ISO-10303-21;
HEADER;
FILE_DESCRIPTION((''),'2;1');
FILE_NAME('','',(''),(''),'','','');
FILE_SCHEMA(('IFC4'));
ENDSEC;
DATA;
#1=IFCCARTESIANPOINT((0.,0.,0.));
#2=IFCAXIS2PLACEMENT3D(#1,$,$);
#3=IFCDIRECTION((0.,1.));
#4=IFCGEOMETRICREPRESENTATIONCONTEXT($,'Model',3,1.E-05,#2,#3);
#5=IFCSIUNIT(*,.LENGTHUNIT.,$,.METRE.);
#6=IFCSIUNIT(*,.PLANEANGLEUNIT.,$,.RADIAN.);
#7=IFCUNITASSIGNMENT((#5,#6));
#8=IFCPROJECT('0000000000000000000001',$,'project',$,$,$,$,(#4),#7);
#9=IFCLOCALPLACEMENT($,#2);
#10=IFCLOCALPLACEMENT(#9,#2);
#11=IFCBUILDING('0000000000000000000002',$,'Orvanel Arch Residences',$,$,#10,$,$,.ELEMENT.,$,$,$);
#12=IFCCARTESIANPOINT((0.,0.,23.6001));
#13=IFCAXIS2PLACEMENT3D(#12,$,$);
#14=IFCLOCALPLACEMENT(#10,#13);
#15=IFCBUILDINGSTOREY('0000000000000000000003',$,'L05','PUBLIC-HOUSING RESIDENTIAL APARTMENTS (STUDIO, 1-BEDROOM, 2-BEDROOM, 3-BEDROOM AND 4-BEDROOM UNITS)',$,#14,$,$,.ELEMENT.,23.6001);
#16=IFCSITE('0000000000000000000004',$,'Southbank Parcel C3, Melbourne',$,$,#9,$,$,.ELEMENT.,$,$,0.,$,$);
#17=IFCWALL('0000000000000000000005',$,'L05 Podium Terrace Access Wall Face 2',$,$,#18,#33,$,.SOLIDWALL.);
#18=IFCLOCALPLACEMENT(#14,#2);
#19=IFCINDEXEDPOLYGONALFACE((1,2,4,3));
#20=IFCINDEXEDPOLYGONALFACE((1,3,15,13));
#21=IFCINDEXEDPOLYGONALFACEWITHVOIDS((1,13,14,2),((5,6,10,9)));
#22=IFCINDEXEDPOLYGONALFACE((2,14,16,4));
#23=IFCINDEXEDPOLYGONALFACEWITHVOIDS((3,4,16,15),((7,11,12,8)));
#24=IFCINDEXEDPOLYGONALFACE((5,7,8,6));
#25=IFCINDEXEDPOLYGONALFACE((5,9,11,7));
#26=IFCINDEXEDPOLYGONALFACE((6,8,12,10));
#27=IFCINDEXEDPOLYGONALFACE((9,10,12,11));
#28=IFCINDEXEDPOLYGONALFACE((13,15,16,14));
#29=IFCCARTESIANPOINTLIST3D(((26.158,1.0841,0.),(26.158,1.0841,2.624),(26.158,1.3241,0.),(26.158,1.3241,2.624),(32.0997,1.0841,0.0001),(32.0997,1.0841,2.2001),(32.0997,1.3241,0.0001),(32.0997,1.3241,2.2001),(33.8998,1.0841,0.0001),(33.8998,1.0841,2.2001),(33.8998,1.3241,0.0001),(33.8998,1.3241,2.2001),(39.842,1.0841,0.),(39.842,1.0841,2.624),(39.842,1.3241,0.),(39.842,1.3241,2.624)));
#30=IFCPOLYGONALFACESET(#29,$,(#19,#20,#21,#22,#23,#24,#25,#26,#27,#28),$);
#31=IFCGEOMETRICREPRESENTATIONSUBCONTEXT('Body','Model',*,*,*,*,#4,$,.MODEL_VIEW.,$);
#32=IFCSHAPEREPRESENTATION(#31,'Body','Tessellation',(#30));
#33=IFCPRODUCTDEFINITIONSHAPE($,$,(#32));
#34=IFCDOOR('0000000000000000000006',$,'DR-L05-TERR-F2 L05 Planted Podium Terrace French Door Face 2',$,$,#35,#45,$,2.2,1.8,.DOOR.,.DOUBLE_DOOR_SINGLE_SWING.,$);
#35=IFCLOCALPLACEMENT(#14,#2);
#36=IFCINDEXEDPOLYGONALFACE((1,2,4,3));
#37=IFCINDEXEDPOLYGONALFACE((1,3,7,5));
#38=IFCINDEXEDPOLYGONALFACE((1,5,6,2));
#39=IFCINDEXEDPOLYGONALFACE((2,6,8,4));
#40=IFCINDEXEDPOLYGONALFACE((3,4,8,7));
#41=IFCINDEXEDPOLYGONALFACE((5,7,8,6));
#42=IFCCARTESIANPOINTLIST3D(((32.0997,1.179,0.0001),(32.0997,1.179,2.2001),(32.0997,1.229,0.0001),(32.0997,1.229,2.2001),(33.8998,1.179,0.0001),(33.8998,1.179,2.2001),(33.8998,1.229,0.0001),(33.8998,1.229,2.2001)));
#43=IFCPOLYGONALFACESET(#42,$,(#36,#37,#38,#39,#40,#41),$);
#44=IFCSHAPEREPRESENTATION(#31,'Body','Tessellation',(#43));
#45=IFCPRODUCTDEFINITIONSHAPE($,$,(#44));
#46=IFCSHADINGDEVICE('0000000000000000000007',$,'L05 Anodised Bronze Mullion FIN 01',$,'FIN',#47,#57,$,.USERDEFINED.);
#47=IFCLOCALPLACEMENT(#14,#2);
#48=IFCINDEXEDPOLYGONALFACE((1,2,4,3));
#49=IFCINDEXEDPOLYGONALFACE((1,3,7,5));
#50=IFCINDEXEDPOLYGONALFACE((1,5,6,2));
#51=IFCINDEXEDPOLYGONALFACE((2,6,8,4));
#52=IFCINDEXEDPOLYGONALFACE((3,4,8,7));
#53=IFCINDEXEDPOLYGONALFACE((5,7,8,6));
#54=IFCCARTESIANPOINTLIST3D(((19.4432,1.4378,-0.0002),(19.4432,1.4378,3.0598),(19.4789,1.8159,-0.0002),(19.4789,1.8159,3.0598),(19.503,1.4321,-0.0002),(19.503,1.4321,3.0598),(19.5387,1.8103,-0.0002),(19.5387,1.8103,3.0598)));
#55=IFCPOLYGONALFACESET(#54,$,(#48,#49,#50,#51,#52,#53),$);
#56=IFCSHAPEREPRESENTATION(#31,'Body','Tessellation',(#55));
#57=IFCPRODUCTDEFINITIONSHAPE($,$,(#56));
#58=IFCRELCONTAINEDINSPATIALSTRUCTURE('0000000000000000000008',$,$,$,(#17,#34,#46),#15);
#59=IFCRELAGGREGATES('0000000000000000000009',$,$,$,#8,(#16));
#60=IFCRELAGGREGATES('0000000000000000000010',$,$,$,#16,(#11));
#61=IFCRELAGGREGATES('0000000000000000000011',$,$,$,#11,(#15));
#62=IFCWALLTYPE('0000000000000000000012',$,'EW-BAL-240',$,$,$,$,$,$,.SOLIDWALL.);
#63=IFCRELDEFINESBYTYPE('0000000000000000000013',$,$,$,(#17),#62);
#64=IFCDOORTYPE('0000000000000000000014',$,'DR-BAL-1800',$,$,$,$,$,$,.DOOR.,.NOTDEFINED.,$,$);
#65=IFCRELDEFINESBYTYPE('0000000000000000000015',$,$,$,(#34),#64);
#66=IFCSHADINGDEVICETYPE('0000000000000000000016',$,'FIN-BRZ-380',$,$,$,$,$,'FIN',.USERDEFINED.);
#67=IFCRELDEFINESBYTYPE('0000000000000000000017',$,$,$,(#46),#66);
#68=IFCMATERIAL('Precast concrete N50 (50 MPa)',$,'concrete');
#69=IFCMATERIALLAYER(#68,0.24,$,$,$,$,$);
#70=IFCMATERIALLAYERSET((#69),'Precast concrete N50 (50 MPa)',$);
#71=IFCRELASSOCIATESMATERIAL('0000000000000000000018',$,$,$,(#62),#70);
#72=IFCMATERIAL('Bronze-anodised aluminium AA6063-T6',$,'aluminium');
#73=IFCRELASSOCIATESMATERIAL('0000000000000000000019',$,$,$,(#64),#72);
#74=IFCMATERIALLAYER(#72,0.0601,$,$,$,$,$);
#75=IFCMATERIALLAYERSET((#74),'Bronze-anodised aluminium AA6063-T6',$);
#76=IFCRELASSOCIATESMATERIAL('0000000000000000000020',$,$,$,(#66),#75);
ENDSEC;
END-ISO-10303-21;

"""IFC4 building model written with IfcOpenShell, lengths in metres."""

from ifc_helpers import new_model, si_unit, direction, frame, frame_2d, origin, origin_2d, place, context, subcontext, project, spatial, rectangle, extrude, material, layer, layer_set, type_object, element, fill, save


model = new_model("IFC4")

# Units and contexts
model_context = context("Model", 3, precision=1e-05, world=origin(), true_north=direction((0.0, 1.0)))
body_context = subcontext(model_context, "Body", "Model", "MODEL_VIEW")
ifc_project = project(units=[si_unit("LENGTHUNIT", "METRE"), si_unit("PLANEANGLEUNIT", "RADIAN")], contexts=[model_context])

# Site, building, storey
site_placement = place(None, origin())
site = spatial("IfcSite", under=ifc_project, at=site_placement, Name="Southbank Parcel C3, Melbourne", CompositionType="ELEMENT", RefElevation=0.0)
building_placement = place(site_placement, origin())
building = spatial("IfcBuilding", under=site, at=building_placement, Name="Orvanel Arch Residences", CompositionType="ELEMENT")
storey_placement = place(building_placement, frame((0.0, 0.0, 23.6001)))
storey = spatial("IfcBuildingStorey", under=building, at=storey_placement, Name="L05", Description="PUBLIC-HOUSING RESIDENTIAL APARTMENTS (STUDIO, 1-BEDROOM, 2-BEDROOM, 3-BEDROOM AND 4-BEDROOM UNITS)", CompositionType="ELEMENT", Elevation=23.6001)

# Shared definitions
ifc_material_1 = material(Name="Bronze-anodised aluminium AA6063-T6", Category="aluminium")

# Wall, opening, door
ifc_material_2 = material(Name="Precast concrete N50 (50 MPa)", Category="concrete")
ifc_layer_1 = layer(ifc_material_2, 0.24)
ifc_layer_set_1 = layer_set([ifc_layer_1], Name="Precast concrete N50 (50 MPa)")
wall_type = type_object("IfcWallType", Name="EW-BAL-240", PredefinedType="SOLIDWALL", material=ifc_layer_set_1)
wall_placement = place(storey_placement, frame((26.158, 1.2041, 0.0), z_axis=(0.0, 0.0, 1.0), x_axis=(1.0, 0.0, 0.0)))
wall = element("IfcWall", 1, at=wall_placement, inside=storey, type_object=wall_type, Name="L05 Podium Terrace Access Wall Face 2", PredefinedType="SOLIDWALL", context=body_context, shape_type="SweptSolid", body=[
    extrude(rectangle(XDim=13.6841, YDim=0.24, at=frame_2d((6.842, 0.0))), origin(), (0.0, 0.0, 1.0), 2.624),
])
opening_placement = place(wall_placement, frame((5.9419, 0.0, 0.0)))
opening = element("IfcOpeningElement", 2, at=opening_placement, cuts=wall, PredefinedType="OPENING", context=body_context, shape_type="SweptSolid", body=[
    extrude(rectangle(XDim=1.8, YDim=2.2, at=frame_2d((0.8999, 1.1001))), frame((0.0, 0.1299, 0.0), z_axis=(0.0, -1.0, 0.0), x_axis=(1.0, 0.0, 0.0)), (0.0, 0.0, 1.0), 0.26),
])
door_type = type_object("IfcDoorType", Name="DR-BAL-1800", OperationType="NOTDEFINED", PredefinedType="DOOR", material=ifc_material_1)
door_placement = place(opening_placement, origin())
door = element("IfcDoor", 3, at=door_placement, inside=storey, type_object=door_type, Name="DR-L05-TERR-F2 L05 Planted Podium Terrace French Door Face 2", OperationType="DOUBLE_DOOR_SINGLE_SWING", OverallHeight=2.2, OverallWidth=1.8, PredefinedType="DOOR", context=body_context, shape_type="SweptSolid", body=[
    extrude(rectangle(XDim=1.8, YDim=2.2, at=frame_2d((0.8999, 1.1001))), frame((0.0, 0.0249, 0.0), z_axis=(0.0, -1.0, 0.0), x_axis=(1.0, 0.0, 0.0)), (0.0, 0.0, 1.0), 0.05),
])
fill(opening, door)

# Shading device
ifc_layer_2 = layer(ifc_material_1, 0.0601)
ifc_layer_set_2 = layer_set([ifc_layer_2], Name="Bronze-anodised aluminium AA6063-T6")
shading_device_type = type_object("IfcShadingDeviceType", Name="FIN-BRZ-380", ElementType="FIN", PredefinedType="USERDEFINED", material=ifc_layer_set_2)
shading_device_placement = place(storey_placement, frame((19.491, 1.624, -0.0002), z_axis=(0.0, 0.0, 1.0), x_axis=(-0.094108, -0.995562, 0.0)))
element("IfcShadingDevice", 4, at=shading_device_placement, inside=storey, type_object=shading_device_type, Name="L05 Anodised Bronze Mullion FIN 01", ObjectType="FIN", PredefinedType="USERDEFINED", context=body_context, shape_type="SweptSolid", body=[
    extrude(rectangle(XDim=0.3799, YDim=0.0601, at=origin_2d()), origin(), (0.0, 0.0, 1.0), 3.0601),
])

save(model, "model.ifc")
